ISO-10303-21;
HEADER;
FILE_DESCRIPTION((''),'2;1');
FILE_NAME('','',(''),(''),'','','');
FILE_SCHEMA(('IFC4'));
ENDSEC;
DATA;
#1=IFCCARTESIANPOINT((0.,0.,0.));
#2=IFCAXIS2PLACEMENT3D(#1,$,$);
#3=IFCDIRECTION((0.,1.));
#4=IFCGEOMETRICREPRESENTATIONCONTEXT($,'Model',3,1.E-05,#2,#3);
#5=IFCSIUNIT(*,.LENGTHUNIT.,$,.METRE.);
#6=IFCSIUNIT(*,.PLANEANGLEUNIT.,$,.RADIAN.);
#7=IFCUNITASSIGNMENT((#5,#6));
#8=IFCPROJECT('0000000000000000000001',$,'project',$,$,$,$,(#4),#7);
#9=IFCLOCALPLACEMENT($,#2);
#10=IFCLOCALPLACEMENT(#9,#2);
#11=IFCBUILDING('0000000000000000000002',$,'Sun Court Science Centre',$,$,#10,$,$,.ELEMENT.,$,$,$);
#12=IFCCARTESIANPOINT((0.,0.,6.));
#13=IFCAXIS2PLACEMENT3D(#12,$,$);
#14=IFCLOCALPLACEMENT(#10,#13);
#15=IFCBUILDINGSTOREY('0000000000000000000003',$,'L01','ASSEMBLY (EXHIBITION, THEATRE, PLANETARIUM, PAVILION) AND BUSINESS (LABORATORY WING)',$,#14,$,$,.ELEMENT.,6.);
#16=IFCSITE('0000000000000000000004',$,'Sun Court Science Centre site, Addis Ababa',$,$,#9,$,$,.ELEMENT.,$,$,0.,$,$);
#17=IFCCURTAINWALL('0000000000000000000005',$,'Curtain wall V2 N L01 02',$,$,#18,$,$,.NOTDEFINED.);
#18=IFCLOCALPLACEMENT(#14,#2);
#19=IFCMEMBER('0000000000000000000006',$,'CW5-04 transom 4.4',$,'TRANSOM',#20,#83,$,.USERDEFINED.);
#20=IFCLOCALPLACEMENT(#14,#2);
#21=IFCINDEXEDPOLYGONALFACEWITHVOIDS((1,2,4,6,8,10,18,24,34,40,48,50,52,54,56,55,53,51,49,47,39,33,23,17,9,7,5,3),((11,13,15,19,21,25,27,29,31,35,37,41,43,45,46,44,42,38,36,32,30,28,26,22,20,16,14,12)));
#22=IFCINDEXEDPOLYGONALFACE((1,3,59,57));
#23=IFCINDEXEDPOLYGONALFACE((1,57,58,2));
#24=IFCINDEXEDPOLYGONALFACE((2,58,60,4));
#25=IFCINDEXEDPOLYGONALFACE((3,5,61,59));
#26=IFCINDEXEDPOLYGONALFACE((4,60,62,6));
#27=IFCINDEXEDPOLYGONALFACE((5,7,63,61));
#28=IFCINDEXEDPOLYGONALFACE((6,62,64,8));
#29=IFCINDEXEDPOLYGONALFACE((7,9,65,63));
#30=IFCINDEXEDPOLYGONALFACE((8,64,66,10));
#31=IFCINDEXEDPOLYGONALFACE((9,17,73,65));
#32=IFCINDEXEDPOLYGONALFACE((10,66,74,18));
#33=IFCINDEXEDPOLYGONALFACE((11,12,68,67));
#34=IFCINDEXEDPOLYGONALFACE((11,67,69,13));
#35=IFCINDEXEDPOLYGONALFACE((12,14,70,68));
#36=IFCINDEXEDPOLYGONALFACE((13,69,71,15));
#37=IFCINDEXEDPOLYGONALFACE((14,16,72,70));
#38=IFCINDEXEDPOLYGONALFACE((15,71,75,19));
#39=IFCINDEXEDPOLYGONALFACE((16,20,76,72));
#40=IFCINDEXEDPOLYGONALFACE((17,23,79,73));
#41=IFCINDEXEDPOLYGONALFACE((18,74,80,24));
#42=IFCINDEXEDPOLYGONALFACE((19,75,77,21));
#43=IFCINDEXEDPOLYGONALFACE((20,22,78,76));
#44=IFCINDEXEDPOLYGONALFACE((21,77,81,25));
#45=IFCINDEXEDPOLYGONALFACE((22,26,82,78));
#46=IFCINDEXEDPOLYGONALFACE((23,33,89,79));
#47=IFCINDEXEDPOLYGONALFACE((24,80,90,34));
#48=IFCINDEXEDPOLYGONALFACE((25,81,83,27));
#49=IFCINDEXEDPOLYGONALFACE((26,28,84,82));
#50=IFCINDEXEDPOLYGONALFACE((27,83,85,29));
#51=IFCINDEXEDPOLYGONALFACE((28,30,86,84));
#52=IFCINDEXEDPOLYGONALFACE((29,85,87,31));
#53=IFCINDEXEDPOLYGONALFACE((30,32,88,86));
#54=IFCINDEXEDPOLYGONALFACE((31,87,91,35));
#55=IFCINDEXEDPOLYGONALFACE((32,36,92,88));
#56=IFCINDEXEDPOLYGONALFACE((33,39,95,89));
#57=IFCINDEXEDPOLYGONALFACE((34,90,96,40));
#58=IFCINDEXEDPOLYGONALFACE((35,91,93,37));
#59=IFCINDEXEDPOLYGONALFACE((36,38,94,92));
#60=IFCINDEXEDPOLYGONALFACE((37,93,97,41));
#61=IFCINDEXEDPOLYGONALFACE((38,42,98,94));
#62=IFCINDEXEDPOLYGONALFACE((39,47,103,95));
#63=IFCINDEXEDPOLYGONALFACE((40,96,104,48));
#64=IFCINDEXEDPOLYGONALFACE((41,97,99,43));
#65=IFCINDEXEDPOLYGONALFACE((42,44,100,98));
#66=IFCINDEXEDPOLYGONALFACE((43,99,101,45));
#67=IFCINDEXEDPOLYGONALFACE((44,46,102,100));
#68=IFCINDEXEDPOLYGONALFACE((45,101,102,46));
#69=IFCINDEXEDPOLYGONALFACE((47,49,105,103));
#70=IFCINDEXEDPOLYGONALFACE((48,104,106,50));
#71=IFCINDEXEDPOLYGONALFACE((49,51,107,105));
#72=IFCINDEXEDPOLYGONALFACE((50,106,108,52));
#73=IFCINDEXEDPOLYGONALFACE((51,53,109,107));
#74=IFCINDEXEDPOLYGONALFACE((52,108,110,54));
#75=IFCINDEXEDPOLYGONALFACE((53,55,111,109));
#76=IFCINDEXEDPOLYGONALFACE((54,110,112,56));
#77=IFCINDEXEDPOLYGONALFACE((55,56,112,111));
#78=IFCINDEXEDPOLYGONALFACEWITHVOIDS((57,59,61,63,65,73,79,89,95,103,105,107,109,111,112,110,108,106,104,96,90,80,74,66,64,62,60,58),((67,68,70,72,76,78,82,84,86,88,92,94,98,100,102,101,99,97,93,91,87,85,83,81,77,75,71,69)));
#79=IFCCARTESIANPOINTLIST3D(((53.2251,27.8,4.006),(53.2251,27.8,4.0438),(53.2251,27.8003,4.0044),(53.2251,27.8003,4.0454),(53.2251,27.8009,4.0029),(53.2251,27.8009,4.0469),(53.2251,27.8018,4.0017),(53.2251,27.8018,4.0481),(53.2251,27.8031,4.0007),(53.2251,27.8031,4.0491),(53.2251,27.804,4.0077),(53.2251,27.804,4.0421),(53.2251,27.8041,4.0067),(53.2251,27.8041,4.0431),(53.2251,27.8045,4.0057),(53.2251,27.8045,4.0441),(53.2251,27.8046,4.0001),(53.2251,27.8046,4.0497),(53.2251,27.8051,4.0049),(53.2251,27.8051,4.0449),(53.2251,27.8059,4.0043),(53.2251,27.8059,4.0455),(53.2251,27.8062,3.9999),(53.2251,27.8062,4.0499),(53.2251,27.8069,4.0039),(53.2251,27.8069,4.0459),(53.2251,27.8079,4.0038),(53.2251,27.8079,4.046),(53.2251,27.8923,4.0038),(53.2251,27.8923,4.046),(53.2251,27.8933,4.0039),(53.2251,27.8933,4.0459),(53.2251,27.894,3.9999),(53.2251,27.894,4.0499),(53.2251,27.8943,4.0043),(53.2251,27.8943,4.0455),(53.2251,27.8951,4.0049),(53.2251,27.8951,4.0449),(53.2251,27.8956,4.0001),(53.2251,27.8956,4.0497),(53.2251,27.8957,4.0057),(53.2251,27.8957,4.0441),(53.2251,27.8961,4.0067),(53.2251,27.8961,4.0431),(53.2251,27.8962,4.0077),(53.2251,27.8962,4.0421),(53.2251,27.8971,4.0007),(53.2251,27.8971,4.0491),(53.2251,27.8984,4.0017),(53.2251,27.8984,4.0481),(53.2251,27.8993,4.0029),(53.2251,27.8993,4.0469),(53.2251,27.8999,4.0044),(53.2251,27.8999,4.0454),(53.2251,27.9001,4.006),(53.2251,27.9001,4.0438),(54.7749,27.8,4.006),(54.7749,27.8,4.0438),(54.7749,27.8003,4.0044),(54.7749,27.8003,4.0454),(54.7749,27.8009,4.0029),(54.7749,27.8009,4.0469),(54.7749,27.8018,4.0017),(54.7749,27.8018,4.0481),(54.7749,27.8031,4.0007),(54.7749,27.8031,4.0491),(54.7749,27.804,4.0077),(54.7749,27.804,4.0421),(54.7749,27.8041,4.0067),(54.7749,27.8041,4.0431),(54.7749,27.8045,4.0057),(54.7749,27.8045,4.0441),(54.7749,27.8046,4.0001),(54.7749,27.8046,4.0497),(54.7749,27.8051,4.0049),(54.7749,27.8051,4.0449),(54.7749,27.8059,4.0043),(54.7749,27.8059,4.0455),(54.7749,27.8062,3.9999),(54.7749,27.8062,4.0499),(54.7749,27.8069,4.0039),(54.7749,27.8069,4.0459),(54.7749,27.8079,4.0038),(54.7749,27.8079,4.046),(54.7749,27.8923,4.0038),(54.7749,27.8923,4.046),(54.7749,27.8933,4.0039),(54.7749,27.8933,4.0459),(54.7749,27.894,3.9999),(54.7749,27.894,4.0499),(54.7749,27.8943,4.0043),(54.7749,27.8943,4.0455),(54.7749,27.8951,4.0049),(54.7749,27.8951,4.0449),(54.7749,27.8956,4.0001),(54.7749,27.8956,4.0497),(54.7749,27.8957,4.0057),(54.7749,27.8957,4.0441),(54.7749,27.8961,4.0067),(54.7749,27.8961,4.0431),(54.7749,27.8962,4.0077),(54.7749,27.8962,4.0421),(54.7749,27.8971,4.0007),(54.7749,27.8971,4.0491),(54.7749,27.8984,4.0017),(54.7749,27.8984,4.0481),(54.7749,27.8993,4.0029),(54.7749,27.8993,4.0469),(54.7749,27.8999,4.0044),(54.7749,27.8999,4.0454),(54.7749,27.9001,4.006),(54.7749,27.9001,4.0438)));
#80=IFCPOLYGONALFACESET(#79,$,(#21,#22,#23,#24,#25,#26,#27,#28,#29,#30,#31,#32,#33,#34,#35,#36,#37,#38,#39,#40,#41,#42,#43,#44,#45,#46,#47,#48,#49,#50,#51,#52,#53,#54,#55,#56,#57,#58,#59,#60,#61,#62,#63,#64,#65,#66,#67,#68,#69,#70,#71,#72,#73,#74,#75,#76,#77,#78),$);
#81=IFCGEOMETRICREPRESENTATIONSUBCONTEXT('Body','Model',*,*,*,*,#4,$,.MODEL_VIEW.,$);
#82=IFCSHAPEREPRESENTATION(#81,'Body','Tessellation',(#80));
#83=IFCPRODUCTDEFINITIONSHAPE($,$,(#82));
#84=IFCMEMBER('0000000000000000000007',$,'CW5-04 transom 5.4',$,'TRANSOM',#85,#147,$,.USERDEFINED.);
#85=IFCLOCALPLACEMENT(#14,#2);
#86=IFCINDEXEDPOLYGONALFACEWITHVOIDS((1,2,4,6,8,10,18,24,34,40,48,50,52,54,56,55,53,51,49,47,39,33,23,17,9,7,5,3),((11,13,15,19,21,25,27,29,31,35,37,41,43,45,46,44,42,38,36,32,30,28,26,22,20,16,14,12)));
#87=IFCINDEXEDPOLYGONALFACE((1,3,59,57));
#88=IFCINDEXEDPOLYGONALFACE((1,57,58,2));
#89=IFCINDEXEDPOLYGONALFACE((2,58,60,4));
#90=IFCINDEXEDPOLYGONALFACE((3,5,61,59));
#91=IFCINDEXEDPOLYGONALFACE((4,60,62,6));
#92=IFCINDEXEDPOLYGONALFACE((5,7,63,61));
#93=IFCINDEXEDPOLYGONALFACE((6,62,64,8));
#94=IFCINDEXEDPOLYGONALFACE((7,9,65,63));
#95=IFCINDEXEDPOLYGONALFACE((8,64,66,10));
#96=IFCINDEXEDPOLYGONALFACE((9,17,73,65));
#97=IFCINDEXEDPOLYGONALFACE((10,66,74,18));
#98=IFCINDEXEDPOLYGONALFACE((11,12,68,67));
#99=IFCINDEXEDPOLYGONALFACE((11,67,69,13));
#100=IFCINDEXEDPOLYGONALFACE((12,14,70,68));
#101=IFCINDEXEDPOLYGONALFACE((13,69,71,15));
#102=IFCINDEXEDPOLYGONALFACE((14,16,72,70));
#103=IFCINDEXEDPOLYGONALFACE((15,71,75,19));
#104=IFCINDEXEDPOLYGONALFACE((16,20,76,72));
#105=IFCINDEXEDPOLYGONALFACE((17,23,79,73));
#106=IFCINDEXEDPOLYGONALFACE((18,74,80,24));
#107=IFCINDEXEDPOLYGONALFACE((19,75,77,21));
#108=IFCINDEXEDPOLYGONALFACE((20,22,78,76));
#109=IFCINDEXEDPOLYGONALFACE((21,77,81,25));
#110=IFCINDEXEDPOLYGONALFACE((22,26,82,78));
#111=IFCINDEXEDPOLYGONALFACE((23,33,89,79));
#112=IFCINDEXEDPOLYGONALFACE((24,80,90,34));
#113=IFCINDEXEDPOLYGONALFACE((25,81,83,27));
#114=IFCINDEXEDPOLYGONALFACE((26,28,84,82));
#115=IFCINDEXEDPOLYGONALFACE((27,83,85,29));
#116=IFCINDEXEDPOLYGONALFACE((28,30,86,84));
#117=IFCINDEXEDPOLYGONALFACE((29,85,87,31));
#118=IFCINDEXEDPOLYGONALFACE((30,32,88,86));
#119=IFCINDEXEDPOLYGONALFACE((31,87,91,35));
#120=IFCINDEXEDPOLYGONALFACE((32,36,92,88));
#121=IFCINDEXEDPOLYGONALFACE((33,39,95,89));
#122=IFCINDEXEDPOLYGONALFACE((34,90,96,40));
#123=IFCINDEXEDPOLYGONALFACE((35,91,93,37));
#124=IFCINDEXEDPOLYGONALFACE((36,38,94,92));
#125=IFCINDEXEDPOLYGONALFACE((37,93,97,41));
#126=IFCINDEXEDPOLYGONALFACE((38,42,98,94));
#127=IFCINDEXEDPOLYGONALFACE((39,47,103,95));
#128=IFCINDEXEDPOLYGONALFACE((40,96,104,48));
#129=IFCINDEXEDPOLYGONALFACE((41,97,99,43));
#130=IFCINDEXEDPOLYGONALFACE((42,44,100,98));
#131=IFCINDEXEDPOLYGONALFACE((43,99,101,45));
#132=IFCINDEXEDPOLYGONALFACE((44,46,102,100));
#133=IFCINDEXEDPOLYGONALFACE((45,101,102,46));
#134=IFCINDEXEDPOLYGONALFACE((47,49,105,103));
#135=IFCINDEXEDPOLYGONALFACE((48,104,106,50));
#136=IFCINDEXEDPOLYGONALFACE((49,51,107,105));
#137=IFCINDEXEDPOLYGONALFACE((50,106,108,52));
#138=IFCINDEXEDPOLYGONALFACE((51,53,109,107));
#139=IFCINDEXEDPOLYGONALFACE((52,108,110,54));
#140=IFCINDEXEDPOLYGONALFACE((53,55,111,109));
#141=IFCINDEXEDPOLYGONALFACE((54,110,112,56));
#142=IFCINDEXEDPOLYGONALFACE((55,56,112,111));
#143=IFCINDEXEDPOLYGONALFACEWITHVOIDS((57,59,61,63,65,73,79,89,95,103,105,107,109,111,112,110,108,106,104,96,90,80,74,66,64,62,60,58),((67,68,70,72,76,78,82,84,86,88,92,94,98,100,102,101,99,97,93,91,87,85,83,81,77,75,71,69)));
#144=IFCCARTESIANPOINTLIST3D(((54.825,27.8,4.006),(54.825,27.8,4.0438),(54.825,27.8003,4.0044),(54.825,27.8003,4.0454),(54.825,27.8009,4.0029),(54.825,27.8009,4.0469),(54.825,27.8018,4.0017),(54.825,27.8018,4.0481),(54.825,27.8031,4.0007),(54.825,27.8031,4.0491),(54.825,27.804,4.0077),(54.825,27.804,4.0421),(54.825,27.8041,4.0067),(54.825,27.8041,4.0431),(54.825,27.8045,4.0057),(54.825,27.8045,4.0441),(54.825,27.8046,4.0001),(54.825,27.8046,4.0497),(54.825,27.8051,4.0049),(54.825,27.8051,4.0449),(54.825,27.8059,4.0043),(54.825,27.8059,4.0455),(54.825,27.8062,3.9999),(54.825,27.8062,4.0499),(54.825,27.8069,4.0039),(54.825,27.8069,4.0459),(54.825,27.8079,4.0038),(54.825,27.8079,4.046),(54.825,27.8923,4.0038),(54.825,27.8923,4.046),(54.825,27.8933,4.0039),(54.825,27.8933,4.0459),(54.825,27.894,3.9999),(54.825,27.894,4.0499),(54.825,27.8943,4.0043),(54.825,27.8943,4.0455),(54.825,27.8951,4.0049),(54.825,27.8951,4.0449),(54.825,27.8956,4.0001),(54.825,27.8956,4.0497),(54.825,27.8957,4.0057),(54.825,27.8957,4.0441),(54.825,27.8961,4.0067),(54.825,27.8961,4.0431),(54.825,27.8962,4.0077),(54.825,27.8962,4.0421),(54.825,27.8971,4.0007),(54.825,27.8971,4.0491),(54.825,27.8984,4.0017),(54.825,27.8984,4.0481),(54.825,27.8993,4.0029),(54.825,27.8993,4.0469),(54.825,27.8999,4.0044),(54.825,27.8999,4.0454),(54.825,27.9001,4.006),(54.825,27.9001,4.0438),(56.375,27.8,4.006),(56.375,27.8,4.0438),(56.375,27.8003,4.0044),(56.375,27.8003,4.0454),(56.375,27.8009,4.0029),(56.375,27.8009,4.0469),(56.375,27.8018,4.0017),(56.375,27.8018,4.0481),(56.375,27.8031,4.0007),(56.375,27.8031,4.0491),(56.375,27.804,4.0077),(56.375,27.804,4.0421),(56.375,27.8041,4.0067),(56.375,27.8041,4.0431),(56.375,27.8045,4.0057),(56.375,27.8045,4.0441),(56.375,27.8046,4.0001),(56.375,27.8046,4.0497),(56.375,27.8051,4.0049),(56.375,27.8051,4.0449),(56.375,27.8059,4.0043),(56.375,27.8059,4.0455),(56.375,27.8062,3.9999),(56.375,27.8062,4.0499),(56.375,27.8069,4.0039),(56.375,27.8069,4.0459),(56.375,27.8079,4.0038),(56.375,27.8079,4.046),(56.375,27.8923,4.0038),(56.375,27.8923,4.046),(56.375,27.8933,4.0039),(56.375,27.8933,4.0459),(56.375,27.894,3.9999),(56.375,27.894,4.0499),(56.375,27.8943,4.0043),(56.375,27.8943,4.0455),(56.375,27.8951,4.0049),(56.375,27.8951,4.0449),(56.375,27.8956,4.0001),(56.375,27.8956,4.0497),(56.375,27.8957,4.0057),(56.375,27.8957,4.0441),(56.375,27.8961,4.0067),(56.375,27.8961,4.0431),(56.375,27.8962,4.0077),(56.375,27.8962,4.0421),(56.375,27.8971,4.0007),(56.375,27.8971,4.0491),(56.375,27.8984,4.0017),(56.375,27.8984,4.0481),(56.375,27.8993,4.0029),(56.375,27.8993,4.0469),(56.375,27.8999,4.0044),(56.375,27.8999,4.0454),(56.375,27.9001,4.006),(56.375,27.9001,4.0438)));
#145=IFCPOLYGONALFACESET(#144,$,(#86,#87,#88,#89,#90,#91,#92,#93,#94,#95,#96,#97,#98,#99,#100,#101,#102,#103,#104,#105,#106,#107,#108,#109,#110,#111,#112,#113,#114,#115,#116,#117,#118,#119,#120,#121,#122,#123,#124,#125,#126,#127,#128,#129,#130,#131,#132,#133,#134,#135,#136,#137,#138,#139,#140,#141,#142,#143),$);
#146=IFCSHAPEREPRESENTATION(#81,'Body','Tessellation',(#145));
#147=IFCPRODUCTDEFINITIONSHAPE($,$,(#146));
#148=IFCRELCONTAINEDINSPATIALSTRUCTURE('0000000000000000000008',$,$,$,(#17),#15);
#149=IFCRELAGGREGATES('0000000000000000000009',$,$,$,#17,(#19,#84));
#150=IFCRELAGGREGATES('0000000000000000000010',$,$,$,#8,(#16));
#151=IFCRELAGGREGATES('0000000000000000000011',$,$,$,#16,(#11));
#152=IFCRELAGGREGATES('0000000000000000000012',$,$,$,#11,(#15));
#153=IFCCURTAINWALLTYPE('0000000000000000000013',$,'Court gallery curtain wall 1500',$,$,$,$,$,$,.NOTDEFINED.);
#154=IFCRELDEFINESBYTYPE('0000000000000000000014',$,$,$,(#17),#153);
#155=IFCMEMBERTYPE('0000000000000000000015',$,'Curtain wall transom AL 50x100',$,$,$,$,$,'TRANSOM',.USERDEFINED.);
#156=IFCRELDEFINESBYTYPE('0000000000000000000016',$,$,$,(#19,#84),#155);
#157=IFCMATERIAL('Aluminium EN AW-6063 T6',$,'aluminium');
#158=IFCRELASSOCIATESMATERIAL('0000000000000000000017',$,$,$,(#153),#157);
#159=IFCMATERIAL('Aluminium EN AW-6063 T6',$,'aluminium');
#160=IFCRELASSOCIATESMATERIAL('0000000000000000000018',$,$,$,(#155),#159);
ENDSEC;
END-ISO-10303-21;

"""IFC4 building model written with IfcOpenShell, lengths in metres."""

from ifc_helpers import new_model, si_unit, direction, frame, origin, origin_2d, place, context, subcontext, project, spatial, hollow_rectangle, extrude, material, material_profile, profile_set, type_object, element, aggregate, save


model = new_model("IFC4")

# Units and contexts
model_context = context("Model", 3, precision=1e-05, world=origin(), true_north=direction((0.0, 1.0)))
body_context = subcontext(model_context, "Body", "Model", "MODEL_VIEW")
ifc_project = project(units=[si_unit("LENGTHUNIT", "METRE"), si_unit("PLANEANGLEUNIT", "RADIAN")], contexts=[model_context])

# Site, building, storey
site_placement = place(None, origin())
site = spatial("IfcSite", under=ifc_project, at=site_placement, Name="Sun Court Science Centre site, Addis Ababa", CompositionType="ELEMENT", RefElevation=0.0)
building_placement = place(site_placement, origin())
building = spatial("IfcBuilding", under=site, at=building_placement, Name="Sun Court Science Centre", CompositionType="ELEMENT")
storey_placement = place(building_placement, frame((0.0, 0.0, 6.0)))
storey = spatial("IfcBuildingStorey", under=building, at=storey_placement, Name="L01", Description="ASSEMBLY (EXHIBITION, THEATRE, PLANETARIUM, PAVILION) AND BUSINESS (LABORATORY WING)", CompositionType="ELEMENT", Elevation=6.0)

# Curtain wall, members
ifc_material_1 = material(Name="Aluminium EN AW-6063 T6", Category="aluminium")
curtain_wall_type_1 = type_object("IfcCurtainWallType", Name="Court gallery curtain wall 1500", PredefinedType="NOTDEFINED", material=ifc_material_1)
curtain_wall_1_placement = place(storey_placement, origin())
curtain_wall_1 = element("IfcCurtainWall", 1, at=curtain_wall_1_placement, inside=storey, type_object=curtain_wall_type_1, Name="Curtain wall V2 N L01 02", PredefinedType="NOTDEFINED")
ifc_material_2 = material(Name="Aluminium EN AW-6063 T6", Category="aluminium")
ifc_material_profile_1 = material_profile(ifc_material_2, hollow_rectangle(XDim=0.05, YDim=0.1001, WallThickness=0.0039, InnerFilletRadius=0.0039, OuterFilletRadius=0.0061, at=origin_2d()), Name="AL 50x100x4")
ifc_profile_set_1 = profile_set([ifc_material_profile_1], Name="Aluminium EN AW-6063 T6")
member_type_1 = type_object("IfcMemberType", Name="Curtain wall transom AL 50x100", ElementType="TRANSOM", PredefinedType="USERDEFINED", material=ifc_profile_set_1)
member_1_placement = place(storey_placement, frame((53.2251, 27.8501, 4.0249), z_axis=(1.0, 0.0, 0.0), x_axis=(0.0, 0.0, 1.0)))
member_1 = element("IfcMember", 2, at=member_1_placement, type_object=member_type_1, Name="CW5-04 transom 4.4", ObjectType="TRANSOM", PredefinedType="USERDEFINED", context=body_context, shape_type="SweptSolid", body=[
    extrude(hollow_rectangle(XDim=0.05, YDim=0.1001, WallThickness=0.0039, InnerFilletRadius=0.0039, OuterFilletRadius=0.0061, at=origin_2d()), origin(), (0.0, 0.0, 1.0), 1.5498),
])
member_2_placement = place(storey_placement, frame((54.825, 27.8501, 4.0249), z_axis=(1.0, 0.0, 0.0), x_axis=(0.0, 0.0, 1.0)))
member_2 = element("IfcMember", 3, at=member_2_placement, type_object=member_type_1, Name="CW5-04 transom 5.4", ObjectType="TRANSOM", PredefinedType="USERDEFINED", context=body_context, shape_type="SweptSolid", body=[
    extrude(hollow_rectangle(XDim=0.05, YDim=0.1001, WallThickness=0.0039, InnerFilletRadius=0.0039, OuterFilletRadius=0.0061, at=origin_2d()), origin(), (0.0, 0.0, 1.0), 1.55),
])

aggregate(curtain_wall_1, [member_1, member_2])

save(model, "model.ifc")
